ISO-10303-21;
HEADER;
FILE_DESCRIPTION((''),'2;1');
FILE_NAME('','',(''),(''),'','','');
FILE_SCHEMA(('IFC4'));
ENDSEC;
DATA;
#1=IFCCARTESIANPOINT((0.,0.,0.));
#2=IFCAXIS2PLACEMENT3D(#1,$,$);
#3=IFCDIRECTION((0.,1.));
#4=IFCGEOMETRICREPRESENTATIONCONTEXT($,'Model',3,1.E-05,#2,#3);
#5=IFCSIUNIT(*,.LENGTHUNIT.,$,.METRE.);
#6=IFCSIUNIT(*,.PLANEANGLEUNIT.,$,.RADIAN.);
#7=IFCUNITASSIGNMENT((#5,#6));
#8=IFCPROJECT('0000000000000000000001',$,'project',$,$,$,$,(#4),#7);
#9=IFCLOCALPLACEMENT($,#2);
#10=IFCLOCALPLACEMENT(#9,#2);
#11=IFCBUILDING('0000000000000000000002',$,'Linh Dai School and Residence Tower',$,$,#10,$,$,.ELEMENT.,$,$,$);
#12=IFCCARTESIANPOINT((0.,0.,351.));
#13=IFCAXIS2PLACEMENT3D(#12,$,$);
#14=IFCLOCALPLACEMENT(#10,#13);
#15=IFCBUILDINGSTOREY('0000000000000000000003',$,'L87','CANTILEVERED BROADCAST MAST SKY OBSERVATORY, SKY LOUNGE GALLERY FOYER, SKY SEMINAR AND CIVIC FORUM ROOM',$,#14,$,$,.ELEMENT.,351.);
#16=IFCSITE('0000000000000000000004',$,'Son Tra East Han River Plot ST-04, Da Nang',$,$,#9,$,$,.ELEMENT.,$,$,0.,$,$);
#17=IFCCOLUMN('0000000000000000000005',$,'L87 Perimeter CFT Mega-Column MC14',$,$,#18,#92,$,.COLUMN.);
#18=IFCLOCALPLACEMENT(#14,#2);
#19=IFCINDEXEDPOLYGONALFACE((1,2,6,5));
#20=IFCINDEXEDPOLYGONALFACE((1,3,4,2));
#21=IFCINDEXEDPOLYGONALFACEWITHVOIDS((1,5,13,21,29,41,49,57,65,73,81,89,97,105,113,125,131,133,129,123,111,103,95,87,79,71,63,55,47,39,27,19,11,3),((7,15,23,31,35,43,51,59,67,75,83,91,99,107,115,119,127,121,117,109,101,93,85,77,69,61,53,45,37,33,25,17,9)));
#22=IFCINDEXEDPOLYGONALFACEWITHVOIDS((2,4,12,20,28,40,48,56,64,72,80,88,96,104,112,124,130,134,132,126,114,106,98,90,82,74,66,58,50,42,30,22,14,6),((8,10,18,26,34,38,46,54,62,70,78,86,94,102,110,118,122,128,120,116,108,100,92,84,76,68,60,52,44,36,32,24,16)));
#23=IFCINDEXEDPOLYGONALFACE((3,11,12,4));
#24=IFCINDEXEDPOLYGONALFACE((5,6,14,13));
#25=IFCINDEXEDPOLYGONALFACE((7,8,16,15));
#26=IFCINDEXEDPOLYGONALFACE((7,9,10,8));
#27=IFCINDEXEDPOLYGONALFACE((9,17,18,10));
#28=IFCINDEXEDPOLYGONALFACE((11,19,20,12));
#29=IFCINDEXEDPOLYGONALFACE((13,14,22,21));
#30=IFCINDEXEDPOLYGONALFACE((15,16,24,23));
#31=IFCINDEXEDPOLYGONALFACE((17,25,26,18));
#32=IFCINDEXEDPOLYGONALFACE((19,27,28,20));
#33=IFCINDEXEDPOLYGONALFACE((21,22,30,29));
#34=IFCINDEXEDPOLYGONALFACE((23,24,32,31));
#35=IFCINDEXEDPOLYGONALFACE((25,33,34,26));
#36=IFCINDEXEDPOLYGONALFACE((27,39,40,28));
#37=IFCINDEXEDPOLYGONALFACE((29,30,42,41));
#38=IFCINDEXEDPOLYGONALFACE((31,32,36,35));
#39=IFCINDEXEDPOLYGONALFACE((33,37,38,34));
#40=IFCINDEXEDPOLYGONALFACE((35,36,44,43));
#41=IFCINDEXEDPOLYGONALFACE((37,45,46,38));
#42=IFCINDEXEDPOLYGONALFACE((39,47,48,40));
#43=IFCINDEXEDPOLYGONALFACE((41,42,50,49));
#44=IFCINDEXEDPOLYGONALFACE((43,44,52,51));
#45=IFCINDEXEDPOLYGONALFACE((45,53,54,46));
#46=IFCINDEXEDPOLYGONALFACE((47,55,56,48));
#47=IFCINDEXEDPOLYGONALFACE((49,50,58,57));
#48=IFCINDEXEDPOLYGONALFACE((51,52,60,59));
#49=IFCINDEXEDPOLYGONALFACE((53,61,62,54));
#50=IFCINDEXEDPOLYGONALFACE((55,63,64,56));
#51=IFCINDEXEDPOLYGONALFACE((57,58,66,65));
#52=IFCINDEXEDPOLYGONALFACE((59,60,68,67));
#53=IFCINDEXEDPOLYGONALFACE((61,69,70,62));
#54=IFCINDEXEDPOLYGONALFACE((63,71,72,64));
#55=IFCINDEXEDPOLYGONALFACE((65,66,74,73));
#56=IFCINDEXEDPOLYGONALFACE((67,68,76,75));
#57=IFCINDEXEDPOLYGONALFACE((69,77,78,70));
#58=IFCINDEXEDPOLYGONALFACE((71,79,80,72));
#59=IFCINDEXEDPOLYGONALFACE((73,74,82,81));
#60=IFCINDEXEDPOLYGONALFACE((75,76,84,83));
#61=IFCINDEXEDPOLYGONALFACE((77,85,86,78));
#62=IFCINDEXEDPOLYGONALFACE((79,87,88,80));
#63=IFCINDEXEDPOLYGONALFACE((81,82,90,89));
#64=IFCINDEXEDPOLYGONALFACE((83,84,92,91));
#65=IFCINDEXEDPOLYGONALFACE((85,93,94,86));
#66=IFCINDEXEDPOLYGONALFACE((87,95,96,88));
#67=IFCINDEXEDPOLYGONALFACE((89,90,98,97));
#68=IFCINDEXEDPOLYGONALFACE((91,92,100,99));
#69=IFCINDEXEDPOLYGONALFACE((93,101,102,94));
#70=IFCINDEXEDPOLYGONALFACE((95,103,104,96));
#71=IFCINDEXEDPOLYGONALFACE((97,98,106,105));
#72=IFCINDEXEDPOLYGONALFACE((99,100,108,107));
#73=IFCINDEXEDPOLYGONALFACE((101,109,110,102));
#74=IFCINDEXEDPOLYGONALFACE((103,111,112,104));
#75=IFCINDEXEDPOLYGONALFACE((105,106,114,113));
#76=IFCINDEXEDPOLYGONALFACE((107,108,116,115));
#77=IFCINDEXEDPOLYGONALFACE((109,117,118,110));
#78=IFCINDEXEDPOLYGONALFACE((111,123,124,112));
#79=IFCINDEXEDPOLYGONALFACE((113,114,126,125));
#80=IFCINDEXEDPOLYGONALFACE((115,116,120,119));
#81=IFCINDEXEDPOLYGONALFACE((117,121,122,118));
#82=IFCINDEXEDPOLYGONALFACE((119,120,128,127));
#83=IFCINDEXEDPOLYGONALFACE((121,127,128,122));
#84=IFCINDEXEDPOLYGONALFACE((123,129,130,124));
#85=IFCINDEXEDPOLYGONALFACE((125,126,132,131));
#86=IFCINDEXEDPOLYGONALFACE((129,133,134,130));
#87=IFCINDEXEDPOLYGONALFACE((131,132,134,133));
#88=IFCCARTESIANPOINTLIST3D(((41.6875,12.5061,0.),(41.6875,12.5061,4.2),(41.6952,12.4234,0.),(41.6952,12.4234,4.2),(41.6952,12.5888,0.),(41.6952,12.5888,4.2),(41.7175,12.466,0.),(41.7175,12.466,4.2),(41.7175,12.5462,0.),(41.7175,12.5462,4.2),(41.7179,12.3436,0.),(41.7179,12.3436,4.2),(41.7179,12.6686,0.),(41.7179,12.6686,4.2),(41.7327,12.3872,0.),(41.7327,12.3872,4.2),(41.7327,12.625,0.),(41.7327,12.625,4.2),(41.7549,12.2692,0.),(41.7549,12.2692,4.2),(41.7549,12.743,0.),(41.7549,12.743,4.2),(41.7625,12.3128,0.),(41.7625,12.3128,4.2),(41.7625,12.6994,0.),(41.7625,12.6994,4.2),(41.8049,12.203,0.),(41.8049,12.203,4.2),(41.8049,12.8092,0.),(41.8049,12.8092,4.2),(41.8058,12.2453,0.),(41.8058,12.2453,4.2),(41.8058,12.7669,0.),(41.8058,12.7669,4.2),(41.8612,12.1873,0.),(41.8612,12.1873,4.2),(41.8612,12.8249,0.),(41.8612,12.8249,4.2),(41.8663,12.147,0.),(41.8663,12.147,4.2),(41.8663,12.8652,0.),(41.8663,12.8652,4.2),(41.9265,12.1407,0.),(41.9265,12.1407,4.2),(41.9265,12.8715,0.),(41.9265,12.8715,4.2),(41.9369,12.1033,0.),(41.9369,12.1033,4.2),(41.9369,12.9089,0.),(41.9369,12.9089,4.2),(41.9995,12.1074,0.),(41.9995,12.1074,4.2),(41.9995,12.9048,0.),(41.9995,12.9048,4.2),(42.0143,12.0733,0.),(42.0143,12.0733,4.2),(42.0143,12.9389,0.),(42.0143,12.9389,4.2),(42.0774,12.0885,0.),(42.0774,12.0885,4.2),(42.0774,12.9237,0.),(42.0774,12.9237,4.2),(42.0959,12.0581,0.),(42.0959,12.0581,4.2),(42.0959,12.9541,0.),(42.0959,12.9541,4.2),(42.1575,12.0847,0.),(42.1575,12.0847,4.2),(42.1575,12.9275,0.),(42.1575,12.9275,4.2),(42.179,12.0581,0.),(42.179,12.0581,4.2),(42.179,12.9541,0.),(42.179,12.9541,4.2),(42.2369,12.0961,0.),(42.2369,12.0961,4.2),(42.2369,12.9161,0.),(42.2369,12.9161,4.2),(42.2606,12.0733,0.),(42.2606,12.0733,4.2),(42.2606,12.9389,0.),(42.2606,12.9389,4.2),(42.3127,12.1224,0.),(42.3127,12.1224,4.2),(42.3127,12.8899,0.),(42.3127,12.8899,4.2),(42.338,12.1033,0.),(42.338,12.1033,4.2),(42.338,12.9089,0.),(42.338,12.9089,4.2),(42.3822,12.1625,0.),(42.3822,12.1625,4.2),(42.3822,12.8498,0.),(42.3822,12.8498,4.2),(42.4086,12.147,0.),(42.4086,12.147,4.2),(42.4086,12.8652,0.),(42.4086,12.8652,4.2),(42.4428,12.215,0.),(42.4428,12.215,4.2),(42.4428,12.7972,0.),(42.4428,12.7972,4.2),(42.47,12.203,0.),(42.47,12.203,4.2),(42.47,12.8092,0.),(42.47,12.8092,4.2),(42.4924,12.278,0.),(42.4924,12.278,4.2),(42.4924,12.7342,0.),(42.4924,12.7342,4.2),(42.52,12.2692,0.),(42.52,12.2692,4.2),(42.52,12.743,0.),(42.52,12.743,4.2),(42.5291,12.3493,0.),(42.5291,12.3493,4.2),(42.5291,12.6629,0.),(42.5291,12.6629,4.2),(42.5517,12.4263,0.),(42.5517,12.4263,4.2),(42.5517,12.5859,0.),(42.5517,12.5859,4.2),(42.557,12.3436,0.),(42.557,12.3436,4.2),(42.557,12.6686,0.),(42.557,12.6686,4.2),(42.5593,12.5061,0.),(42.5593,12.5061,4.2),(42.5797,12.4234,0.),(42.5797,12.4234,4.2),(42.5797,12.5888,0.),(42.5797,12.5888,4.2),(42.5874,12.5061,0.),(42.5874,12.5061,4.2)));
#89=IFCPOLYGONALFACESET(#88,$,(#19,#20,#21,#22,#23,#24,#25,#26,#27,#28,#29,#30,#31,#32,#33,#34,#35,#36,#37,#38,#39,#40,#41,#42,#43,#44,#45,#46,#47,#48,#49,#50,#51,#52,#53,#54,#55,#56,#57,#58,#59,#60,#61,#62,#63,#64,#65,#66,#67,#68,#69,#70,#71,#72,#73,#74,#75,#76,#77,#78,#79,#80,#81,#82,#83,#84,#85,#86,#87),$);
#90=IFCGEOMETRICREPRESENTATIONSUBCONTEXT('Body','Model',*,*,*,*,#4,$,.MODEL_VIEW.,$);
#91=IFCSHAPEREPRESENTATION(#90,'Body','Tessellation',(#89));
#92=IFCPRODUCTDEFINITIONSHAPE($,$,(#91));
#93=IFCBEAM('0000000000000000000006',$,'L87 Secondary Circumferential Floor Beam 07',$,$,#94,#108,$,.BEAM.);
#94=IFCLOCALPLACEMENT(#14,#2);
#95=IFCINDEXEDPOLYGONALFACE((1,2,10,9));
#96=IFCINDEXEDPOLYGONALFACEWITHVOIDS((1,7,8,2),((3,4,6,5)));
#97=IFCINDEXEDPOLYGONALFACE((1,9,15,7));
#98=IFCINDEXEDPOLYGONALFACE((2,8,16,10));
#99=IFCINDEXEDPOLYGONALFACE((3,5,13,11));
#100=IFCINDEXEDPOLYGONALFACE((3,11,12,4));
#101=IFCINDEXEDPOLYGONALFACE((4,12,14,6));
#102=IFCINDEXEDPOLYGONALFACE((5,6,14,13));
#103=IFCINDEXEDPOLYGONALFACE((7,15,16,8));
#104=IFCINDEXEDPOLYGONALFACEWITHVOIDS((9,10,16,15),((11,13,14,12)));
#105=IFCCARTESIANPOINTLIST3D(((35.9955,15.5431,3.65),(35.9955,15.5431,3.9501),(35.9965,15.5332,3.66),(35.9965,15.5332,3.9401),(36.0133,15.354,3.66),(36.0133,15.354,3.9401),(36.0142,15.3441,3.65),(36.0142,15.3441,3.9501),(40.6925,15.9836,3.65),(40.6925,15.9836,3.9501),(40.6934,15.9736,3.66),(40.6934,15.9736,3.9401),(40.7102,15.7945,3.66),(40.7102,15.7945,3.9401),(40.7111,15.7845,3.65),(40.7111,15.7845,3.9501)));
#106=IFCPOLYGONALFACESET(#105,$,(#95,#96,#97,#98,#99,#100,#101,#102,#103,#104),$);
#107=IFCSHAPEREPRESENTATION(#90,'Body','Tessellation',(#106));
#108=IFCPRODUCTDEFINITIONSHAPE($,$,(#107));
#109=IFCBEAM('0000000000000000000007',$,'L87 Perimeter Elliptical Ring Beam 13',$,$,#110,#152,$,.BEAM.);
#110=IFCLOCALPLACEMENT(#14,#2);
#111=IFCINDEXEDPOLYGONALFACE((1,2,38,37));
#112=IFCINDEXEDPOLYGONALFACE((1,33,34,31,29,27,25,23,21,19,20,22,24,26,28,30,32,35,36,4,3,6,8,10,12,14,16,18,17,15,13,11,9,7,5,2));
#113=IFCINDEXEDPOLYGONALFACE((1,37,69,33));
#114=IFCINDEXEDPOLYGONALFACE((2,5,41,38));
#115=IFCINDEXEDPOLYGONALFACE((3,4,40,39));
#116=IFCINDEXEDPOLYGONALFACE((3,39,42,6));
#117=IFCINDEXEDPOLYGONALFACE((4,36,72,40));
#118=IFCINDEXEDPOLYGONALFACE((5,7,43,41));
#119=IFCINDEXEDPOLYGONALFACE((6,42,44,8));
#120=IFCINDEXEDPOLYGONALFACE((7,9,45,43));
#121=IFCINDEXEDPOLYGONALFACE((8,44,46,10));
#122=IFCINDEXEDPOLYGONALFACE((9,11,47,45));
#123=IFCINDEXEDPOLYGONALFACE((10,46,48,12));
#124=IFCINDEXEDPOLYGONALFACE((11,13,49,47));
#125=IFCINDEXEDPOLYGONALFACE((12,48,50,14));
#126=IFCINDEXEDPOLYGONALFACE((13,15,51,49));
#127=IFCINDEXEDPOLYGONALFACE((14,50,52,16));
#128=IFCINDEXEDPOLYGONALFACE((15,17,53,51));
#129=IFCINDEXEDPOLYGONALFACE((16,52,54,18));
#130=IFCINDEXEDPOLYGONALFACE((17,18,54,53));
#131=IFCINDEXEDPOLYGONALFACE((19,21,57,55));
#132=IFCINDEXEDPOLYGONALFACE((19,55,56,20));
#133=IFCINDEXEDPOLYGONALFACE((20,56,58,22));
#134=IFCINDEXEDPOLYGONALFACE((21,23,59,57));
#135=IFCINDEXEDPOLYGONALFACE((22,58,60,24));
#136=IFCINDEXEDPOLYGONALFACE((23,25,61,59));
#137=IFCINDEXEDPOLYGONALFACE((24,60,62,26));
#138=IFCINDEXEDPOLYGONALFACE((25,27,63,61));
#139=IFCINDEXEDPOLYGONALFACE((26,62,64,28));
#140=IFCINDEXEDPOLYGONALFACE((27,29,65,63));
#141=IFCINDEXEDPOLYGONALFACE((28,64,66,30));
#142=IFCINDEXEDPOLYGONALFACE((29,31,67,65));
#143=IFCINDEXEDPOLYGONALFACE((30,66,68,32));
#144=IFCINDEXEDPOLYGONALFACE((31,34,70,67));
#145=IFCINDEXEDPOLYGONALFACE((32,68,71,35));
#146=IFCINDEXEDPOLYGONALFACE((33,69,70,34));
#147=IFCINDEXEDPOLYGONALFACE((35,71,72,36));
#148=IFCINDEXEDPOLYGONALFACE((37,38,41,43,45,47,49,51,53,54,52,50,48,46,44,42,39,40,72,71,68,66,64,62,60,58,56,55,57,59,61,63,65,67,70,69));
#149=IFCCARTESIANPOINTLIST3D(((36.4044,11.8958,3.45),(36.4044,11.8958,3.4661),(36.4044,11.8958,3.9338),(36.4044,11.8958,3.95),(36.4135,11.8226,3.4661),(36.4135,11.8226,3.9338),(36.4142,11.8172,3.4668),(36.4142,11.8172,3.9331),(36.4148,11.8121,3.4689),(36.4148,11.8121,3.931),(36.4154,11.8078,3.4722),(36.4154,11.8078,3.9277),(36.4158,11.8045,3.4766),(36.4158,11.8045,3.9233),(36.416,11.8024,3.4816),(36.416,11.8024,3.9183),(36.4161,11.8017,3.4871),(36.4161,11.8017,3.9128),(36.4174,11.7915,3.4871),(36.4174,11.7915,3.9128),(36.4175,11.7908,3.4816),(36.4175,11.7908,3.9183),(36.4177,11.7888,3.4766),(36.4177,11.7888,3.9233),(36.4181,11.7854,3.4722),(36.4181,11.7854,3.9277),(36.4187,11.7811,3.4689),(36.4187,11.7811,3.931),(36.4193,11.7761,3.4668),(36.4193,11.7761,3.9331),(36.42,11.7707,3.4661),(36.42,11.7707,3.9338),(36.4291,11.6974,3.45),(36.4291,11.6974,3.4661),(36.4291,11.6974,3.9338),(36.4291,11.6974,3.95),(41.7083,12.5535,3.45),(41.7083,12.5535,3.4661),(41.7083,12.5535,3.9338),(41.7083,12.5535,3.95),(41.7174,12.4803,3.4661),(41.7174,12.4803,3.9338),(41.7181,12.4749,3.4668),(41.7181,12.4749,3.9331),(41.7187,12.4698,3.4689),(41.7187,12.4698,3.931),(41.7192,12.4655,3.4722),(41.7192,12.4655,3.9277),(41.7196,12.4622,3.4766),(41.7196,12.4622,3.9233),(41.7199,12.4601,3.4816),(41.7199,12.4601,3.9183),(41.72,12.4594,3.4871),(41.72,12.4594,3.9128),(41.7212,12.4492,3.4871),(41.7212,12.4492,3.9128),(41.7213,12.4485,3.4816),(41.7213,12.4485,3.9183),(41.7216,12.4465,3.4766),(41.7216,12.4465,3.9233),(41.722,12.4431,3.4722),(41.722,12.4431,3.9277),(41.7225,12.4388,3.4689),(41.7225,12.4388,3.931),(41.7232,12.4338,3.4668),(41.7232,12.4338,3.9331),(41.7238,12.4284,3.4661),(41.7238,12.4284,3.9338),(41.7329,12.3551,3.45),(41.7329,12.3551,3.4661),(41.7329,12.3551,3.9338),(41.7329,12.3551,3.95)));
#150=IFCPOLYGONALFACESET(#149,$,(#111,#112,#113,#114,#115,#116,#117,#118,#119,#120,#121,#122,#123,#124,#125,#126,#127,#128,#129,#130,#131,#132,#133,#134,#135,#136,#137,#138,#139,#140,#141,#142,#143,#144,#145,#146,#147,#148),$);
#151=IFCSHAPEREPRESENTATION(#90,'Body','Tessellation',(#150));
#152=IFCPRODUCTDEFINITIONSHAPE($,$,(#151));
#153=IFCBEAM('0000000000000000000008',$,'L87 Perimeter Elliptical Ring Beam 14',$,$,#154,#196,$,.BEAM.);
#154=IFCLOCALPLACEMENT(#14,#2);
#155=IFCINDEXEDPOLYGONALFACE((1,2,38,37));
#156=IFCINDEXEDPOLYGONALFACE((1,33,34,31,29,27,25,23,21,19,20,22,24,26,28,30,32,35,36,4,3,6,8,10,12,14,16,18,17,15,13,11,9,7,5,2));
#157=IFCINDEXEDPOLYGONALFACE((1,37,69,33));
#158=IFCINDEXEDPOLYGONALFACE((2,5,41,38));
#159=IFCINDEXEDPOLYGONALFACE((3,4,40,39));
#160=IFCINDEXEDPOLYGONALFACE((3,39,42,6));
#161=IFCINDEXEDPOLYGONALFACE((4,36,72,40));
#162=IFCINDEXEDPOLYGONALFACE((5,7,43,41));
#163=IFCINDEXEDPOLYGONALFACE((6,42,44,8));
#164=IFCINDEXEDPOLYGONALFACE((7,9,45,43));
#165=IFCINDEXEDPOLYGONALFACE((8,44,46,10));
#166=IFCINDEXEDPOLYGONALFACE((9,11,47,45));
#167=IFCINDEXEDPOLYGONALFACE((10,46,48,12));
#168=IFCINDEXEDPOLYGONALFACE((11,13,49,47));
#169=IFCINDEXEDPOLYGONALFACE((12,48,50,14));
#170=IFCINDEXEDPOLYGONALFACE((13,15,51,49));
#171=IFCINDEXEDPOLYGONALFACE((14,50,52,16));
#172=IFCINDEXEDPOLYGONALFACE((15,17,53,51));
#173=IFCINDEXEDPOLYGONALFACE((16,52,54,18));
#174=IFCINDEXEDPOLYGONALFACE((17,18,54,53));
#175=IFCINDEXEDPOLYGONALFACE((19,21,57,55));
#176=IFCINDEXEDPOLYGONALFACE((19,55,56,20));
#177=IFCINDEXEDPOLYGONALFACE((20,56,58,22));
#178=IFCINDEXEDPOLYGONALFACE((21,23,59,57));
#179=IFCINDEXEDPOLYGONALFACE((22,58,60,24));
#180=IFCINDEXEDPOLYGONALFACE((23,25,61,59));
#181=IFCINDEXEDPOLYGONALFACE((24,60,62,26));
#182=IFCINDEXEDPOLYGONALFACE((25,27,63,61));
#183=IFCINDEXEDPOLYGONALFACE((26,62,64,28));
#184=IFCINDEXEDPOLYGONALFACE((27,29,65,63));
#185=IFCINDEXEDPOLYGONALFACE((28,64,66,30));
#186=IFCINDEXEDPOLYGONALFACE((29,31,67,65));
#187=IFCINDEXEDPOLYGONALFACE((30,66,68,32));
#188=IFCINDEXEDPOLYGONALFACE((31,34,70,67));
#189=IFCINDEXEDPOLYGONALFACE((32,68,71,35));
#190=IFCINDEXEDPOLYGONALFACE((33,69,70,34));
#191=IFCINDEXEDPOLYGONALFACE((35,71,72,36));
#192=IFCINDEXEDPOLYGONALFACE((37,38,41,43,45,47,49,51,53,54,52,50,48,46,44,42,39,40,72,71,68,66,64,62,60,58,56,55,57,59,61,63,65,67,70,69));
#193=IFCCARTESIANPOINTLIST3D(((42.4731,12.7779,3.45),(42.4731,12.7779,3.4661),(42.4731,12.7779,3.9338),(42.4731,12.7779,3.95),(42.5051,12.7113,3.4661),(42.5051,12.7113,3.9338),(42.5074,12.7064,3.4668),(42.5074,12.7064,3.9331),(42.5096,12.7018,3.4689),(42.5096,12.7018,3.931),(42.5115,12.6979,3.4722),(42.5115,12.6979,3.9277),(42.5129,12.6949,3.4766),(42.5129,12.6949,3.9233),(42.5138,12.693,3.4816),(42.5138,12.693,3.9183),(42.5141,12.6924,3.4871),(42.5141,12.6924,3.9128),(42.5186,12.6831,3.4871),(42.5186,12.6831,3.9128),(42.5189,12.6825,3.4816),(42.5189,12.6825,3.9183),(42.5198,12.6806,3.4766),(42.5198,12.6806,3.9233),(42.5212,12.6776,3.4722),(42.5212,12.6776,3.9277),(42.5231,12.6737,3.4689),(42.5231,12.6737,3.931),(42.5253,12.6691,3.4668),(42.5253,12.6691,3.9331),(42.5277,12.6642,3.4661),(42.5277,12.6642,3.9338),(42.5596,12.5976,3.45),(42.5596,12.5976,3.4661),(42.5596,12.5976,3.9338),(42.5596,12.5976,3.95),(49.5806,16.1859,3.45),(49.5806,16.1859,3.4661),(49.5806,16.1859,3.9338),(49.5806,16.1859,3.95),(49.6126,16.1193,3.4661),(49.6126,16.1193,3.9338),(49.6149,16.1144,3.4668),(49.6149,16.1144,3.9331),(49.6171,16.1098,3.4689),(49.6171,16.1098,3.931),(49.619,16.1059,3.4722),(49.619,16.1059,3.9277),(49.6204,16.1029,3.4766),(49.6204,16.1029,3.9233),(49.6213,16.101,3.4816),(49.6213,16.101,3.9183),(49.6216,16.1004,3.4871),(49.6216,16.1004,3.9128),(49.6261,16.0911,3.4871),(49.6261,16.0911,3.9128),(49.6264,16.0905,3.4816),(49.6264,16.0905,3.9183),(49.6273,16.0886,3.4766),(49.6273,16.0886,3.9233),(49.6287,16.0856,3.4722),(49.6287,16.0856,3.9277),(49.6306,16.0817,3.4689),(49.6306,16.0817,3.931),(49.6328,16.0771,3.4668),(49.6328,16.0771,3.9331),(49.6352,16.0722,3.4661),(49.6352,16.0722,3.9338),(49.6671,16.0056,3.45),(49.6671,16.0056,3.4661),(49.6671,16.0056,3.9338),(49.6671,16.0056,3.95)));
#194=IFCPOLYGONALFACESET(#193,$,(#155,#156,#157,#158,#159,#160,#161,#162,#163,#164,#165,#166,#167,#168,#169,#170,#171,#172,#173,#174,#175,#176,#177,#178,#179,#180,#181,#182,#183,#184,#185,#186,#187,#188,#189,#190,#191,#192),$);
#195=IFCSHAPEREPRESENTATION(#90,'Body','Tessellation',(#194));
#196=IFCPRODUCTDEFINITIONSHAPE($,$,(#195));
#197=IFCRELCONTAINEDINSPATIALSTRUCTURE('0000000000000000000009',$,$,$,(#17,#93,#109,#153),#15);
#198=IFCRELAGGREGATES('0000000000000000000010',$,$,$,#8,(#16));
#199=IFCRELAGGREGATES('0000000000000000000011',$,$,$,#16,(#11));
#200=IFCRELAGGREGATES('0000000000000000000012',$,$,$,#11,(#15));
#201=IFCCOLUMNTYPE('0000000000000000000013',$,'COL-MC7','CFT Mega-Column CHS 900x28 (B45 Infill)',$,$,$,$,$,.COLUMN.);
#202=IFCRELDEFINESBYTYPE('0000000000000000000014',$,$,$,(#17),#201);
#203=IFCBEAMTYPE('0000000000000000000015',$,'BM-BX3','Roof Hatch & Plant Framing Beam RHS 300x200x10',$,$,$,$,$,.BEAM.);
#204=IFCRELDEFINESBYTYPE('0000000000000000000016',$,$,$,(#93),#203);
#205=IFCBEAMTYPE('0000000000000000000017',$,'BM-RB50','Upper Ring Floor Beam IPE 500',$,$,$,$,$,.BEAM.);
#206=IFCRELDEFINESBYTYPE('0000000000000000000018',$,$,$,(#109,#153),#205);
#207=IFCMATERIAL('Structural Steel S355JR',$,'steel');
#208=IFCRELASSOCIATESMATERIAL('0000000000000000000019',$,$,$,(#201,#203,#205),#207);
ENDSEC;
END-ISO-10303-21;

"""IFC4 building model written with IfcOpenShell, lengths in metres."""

from ifc_helpers import new_model, si_unit, direction, frame, origin, origin_2d, place, context, subcontext, project, spatial, hollow_rectangle, hollow_circle, i_section, extrude, material, material_profile, profile_set, type_object, element, save


model = new_model("IFC4")

# Units and contexts
model_context = context("Model", 3, precision=1e-05, world=origin(), true_north=direction((0.0, 1.0)))
body_context = subcontext(model_context, "Body", "Model", "MODEL_VIEW")
ifc_project = project(units=[si_unit("LENGTHUNIT", "METRE"), si_unit("PLANEANGLEUNIT", "RADIAN")], contexts=[model_context])

# Site, building, storey
site_placement = place(None, origin())
site = spatial("IfcSite", under=ifc_project, at=site_placement, Name="Son Tra East Han River Plot ST-04, Da Nang", CompositionType="ELEMENT", RefElevation=0.0)
building_placement = place(site_placement, origin())
building = spatial("IfcBuilding", under=site, at=building_placement, Name="Linh Dai School and Residence Tower", CompositionType="ELEMENT")
storey_placement = place(building_placement, frame((0.0, 0.0, 351.0)))
storey = spatial("IfcBuildingStorey", under=building, at=storey_placement, Name="L87", Description="CANTILEVERED BROADCAST MAST SKY OBSERVATORY, SKY LOUNGE GALLERY FOYER, SKY SEMINAR AND CIVIC FORUM ROOM", CompositionType="ELEMENT", Elevation=351.0)

# Column
ifc_material_1 = material(Name="Structural Steel S355JR", Category="steel")
ifc_material_profile_1 = material_profile(ifc_material_1, hollow_circle(Radius=0.45, WallThickness=0.0281, at=origin_2d()), Name="CHS 900x28")
ifc_profile_set_1 = profile_set([ifc_material_profile_1], Name="Structural Steel S355JR")
column_type = type_object("IfcColumnType", Name="COL-MC7", Description="CFT Mega-Column CHS 900x28 (B45 Infill)", PredefinedType="COLUMN", material=ifc_profile_set_1)
column_placement = place(storey_placement, frame((42.1375, 12.5061, 0.0), z_axis=(0.0, 0.0, 1.0), x_axis=(1.0, 0.0, 0.0)))
element("IfcColumn", 1, at=column_placement, inside=storey, type_object=column_type, Name="L87 Perimeter CFT Mega-Column MC14", PredefinedType="COLUMN", context=body_context, shape_type="SweptSolid", body=[
    extrude(hollow_circle(Radius=0.45, WallThickness=0.0281, at=origin_2d()), origin(), (0.0, 0.0, 1.0), 4.2),
])

# Beams
ifc_material_profile_2 = material_profile(ifc_material_1, hollow_rectangle(XDim=0.2, YDim=0.3, WallThickness=0.01, at=origin_2d()), Name="RHS 300x200x10")
ifc_profile_set_2 = profile_set([ifc_material_profile_2], Name="Structural Steel S355JR")
beam_type_1 = type_object("IfcBeamType", Name="BM-BX3", Description="Roof Hatch & Plant Framing Beam RHS 300x200x10", PredefinedType="BEAM", material=ifc_profile_set_2)
beam_1_placement = place(storey_placement, frame((36.0049, 15.4436, 3.8), z_axis=(0.995633, 0.093358, 0.0), x_axis=(-0.093358, 0.995633, 0.0)))
element("IfcBeam", 2, at=beam_1_placement, inside=storey, type_object=beam_type_1, Name="L87 Secondary Circumferential Floor Beam 07", PredefinedType="BEAM", context=body_context, shape_type="SweptSolid", body=[
    extrude(hollow_rectangle(XDim=0.2, YDim=0.3, WallThickness=0.01, at=origin_2d()), origin(), (0.0, 0.0, 1.0), 4.7175),
])
ifc_material_profile_3 = material_profile(ifc_material_1, i_section(OverallWidth=0.2, OverallDepth=0.5, WebThickness=0.0103, FlangeThickness=0.0161, FilletRadius=0.021, at=origin_2d()), Name="IPE 500")
ifc_profile_set_3 = profile_set([ifc_material_profile_3], Name="Structural Steel S355JR")
beam_type_2 = type_object("IfcBeamType", Name="BM-RB50", Description="Upper Ring Floor Beam IPE 500", PredefinedType="BEAM", material=ifc_profile_set_3)
beam_2_placement = place(storey_placement, frame((36.4167, 11.7966, 3.7), z_axis=(0.992399, 0.123062, 0.0), x_axis=(-0.123062, 0.992399, 0.0)))
element("IfcBeam", 3, at=beam_2_placement, inside=storey, type_object=beam_type_2, Name="L87 Perimeter Elliptical Ring Beam 13", PredefinedType="BEAM", context=body_context, shape_type="SweptSolid", body=[
    extrude(i_section(OverallWidth=0.2, OverallDepth=0.5, WebThickness=0.0103, FlangeThickness=0.0161, FilletRadius=0.021, at=origin_2d()), origin(), (0.0, 0.0, 1.0), 5.3445),
])
beam_3_placement = place(storey_placement, frame((42.5164, 12.6877, 3.7), z_axis=(0.901701, 0.432359, 0.0), x_axis=(-0.432359, 0.901701, 0.0)))
element("IfcBeam", 4, at=beam_3_placement, inside=storey, type_object=beam_type_2, Name="L87 Perimeter Elliptical Ring Beam 14", PredefinedType="BEAM", context=body_context, shape_type="SweptSolid", body=[
    extrude(i_section(OverallWidth=0.2, OverallDepth=0.5, WebThickness=0.0103, FlangeThickness=0.0161, FilletRadius=0.021, at=origin_2d()), origin(), (0.0, 0.0, 1.0), 7.8823),
])

save(model, "model.ifc")
